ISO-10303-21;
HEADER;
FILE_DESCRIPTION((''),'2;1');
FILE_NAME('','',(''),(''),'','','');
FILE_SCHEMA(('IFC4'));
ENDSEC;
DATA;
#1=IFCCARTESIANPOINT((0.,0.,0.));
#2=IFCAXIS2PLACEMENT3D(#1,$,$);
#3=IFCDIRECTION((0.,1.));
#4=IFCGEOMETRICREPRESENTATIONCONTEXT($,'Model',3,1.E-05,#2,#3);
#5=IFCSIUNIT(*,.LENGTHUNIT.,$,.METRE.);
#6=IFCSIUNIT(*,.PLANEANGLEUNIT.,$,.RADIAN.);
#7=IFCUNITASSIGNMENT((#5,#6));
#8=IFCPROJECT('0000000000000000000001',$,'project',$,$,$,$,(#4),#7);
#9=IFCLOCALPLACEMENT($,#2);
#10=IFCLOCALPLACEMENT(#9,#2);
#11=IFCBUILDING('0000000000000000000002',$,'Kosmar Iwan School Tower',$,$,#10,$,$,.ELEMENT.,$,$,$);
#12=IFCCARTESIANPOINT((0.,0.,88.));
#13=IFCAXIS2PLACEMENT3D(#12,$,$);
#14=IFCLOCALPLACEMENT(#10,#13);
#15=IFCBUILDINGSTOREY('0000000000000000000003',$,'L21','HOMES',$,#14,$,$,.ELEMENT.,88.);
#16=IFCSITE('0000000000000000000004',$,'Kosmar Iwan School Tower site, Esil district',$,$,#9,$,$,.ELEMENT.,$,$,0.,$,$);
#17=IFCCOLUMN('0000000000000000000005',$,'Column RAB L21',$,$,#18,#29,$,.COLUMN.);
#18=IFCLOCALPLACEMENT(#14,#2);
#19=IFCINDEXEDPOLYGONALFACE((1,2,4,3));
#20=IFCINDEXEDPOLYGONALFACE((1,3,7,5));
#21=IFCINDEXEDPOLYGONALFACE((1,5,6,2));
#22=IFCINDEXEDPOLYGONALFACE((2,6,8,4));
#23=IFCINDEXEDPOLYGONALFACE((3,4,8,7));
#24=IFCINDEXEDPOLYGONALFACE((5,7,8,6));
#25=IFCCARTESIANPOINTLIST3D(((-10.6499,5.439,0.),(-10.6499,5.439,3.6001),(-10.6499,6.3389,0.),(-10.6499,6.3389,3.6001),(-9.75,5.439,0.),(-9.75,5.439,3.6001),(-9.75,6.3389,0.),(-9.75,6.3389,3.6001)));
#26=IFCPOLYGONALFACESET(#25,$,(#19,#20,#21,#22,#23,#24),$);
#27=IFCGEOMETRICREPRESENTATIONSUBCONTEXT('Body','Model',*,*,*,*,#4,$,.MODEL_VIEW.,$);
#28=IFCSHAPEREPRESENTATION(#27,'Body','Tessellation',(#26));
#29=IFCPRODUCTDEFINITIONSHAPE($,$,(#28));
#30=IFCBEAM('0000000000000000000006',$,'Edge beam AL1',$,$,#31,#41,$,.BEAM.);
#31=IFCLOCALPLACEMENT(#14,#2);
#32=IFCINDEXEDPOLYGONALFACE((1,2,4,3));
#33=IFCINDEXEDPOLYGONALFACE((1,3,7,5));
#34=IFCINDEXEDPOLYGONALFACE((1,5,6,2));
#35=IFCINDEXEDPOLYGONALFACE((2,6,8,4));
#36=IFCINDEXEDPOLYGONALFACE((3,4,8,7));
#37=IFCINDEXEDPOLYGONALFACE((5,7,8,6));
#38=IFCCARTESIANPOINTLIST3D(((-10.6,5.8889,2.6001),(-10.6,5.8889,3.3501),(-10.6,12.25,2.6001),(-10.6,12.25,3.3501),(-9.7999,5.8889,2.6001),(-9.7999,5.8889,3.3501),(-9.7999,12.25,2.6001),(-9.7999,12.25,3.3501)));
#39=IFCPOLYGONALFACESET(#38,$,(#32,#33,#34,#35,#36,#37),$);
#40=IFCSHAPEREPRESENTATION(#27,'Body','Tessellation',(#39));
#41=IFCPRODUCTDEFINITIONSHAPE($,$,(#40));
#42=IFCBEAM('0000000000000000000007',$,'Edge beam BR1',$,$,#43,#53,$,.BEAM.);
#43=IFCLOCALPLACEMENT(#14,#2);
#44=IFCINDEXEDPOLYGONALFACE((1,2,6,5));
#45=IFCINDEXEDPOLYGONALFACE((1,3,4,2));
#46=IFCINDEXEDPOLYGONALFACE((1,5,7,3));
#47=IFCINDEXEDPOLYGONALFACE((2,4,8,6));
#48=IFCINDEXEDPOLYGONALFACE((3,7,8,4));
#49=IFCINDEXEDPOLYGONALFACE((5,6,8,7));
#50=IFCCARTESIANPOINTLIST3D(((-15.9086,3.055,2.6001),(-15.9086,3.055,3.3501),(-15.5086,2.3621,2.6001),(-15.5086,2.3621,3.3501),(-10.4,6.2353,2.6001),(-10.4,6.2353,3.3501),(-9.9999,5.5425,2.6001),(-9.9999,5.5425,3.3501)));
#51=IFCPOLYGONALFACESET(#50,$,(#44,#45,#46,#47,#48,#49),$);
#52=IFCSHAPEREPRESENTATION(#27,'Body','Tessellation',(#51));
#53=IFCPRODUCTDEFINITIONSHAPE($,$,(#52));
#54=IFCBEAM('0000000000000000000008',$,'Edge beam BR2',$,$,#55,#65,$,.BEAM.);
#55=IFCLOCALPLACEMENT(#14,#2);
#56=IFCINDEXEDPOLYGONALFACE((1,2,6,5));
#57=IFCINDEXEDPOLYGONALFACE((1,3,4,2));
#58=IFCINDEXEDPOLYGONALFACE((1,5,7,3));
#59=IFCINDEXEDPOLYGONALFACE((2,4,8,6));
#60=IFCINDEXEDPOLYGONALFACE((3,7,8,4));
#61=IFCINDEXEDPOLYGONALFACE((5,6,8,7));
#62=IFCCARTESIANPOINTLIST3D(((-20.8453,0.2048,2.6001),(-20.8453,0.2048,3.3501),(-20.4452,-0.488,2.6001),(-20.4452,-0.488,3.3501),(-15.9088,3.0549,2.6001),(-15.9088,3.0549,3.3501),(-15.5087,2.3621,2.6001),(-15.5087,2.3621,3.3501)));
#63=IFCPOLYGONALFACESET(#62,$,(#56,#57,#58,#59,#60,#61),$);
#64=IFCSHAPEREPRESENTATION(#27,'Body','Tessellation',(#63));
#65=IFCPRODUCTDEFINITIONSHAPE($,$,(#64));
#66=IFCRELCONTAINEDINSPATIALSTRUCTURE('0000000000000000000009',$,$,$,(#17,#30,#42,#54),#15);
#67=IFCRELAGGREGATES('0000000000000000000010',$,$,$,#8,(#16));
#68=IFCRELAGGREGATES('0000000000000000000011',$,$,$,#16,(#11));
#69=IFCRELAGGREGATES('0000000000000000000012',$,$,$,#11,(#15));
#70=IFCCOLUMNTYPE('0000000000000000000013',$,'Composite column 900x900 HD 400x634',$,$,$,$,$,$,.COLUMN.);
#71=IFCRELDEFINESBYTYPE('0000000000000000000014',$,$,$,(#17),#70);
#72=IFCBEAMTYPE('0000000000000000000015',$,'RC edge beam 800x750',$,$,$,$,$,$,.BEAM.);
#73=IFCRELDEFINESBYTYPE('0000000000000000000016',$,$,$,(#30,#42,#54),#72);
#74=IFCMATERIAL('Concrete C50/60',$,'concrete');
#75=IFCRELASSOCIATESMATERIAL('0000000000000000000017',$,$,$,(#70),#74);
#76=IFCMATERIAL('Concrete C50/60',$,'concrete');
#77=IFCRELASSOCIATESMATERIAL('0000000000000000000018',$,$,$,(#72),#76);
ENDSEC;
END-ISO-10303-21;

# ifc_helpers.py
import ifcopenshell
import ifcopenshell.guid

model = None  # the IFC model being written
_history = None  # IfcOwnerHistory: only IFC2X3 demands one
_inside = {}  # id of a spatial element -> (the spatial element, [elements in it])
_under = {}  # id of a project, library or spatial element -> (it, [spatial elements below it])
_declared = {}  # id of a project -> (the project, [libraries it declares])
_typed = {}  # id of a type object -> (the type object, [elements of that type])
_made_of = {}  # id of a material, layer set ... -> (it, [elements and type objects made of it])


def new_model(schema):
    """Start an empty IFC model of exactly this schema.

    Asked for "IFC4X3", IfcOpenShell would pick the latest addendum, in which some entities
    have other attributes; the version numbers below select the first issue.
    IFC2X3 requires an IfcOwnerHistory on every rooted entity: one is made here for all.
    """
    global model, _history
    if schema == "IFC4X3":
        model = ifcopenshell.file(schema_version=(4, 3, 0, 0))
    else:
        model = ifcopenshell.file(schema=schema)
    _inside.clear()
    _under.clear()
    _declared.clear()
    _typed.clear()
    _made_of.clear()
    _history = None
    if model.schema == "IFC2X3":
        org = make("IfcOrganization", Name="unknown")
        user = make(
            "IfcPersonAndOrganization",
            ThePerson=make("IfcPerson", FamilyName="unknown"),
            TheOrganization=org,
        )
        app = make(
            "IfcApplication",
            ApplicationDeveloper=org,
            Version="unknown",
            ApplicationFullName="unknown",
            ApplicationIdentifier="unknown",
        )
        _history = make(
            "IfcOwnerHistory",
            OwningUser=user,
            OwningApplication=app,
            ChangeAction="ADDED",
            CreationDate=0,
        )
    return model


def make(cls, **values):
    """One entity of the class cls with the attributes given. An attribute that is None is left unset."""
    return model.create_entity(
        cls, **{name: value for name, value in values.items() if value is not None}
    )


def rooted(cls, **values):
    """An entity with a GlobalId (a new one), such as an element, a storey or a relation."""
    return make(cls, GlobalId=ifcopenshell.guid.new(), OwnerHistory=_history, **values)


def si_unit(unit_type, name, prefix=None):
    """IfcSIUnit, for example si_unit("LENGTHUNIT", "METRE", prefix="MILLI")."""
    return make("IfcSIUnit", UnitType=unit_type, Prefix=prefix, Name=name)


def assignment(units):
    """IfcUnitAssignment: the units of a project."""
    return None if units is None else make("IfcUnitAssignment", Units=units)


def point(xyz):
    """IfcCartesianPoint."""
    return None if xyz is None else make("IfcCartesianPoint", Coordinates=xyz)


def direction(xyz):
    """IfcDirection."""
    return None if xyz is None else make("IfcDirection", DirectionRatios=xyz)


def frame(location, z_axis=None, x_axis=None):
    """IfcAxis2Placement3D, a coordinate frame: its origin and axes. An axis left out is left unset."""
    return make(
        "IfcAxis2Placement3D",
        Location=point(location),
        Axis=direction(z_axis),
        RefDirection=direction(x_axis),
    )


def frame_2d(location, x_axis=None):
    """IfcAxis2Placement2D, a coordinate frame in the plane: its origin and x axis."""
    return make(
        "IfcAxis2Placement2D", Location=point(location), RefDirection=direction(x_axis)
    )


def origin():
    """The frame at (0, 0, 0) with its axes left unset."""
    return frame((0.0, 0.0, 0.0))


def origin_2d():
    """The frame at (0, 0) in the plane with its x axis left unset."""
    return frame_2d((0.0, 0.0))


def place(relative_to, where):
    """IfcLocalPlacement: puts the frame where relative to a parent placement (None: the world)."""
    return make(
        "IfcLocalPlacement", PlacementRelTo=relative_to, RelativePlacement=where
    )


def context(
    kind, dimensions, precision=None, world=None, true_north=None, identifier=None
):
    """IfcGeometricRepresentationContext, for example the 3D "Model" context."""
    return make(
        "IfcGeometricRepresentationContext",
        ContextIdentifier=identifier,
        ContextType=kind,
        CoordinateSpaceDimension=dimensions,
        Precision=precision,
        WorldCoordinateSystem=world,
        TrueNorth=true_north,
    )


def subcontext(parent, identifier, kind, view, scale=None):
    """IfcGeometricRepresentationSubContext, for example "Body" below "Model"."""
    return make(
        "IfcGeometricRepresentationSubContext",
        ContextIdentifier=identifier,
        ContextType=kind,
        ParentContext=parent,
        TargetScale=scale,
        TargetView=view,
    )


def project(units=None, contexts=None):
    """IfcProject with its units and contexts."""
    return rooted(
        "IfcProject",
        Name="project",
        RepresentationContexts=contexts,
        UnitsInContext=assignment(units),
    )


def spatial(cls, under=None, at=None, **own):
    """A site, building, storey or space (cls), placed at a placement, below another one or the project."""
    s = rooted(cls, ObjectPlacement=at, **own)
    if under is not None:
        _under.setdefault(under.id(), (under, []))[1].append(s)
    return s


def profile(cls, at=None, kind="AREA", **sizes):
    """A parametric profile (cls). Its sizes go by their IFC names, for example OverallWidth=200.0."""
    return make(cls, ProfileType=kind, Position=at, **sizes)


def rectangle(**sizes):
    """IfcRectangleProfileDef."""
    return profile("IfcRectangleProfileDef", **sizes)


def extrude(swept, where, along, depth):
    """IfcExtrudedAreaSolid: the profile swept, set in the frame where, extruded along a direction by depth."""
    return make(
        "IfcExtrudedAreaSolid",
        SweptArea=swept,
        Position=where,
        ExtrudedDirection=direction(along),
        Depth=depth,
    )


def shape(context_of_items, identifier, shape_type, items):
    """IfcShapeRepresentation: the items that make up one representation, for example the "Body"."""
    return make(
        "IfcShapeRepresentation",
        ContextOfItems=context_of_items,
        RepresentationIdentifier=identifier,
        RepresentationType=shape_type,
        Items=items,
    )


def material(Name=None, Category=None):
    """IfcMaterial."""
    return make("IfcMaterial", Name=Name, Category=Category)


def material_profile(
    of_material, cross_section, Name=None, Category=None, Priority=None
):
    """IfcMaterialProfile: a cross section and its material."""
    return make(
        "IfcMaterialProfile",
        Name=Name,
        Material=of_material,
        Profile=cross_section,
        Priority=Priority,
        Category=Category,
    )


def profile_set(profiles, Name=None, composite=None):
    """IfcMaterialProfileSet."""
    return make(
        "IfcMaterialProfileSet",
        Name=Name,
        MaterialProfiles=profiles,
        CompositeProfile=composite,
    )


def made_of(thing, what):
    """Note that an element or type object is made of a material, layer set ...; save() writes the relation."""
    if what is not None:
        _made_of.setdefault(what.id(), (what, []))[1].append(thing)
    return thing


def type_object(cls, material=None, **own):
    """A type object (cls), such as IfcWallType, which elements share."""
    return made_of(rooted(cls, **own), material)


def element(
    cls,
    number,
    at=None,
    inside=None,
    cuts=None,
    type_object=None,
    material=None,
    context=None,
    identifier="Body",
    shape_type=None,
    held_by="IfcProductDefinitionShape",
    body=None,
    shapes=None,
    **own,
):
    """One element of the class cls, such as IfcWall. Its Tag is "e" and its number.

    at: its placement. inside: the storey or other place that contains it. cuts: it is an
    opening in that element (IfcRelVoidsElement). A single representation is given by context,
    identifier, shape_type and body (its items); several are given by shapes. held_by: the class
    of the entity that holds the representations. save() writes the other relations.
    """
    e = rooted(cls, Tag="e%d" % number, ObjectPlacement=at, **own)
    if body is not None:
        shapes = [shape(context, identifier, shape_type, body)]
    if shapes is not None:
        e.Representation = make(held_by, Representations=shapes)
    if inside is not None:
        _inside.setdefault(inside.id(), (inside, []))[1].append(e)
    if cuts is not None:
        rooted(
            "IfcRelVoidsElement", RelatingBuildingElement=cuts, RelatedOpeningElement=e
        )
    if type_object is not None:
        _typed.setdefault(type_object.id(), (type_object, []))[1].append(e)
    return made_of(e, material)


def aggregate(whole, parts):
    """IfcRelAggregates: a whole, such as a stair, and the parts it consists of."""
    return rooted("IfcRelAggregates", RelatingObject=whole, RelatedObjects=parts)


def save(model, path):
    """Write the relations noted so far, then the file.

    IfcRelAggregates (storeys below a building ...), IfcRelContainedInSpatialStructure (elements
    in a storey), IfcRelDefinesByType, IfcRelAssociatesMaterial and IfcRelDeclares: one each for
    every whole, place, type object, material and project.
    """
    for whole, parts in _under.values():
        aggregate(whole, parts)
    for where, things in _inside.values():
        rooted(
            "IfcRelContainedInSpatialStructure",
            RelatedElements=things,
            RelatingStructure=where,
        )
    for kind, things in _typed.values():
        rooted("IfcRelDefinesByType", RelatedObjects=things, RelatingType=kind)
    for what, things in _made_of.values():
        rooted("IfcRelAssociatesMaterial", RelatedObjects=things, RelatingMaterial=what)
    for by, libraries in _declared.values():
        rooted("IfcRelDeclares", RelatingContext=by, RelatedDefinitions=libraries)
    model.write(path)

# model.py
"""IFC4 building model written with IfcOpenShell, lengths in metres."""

from ifc_helpers import new_model, si_unit, direction, frame, origin, origin_2d, place, context, subcontext, project, spatial, rectangle, extrude, material, material_profile, profile_set, type_object, element, save


model = new_model("IFC4")

# Units and contexts
model_context = context("Model", 3, precision=1e-05, world=origin(), true_north=direction((0.0, 1.0)))
body_context = subcontext(model_context, "Body", "Model", "MODEL_VIEW")
ifc_project = project(units=[si_unit("LENGTHUNIT", "METRE"), si_unit("PLANEANGLEUNIT", "RADIAN")], contexts=[model_context])

# Site, building, storey
site_placement = place(None, origin())
site = spatial("IfcSite", under=ifc_project, at=site_placement, Name="Kosmar Iwan School Tower site, Esil district", CompositionType="ELEMENT", RefElevation=0.0)
building_placement = place(site_placement, origin())
building = spatial("IfcBuilding", under=site, at=building_placement, Name="Kosmar Iwan School Tower", CompositionType="ELEMENT")
storey_placement = place(building_placement, frame((0.0, 0.0, 88.0)))
storey = spatial("IfcBuildingStorey", under=building, at=storey_placement, Name="L21", Description="HOMES", CompositionType="ELEMENT", Elevation=88.0)

# Column
ifc_material_1 = material(Name="Concrete C50/60", Category="concrete")
ifc_material_profile_1 = material_profile(ifc_material_1, rectangle(XDim=0.8999, YDim=0.8999, at=origin_2d()), Name="RC 900x900 + HD 400x634")
ifc_profile_set_1 = profile_set([ifc_material_profile_1], Name="Concrete C50/60")
column_type = type_object("IfcColumnType", Name="Composite column 900x900 HD 400x634", PredefinedType="COLUMN", material=ifc_profile_set_1)
column_placement = place(storey_placement, frame((-10.2, 5.8889, 0.0), z_axis=(0.0, 0.0, 1.0), x_axis=(1.0, 0.0, 0.0)))
element("IfcColumn", 1, at=column_placement, inside=storey, type_object=column_type, Name="Column RAB L21", PredefinedType="COLUMN", context=body_context, shape_type="SweptSolid", body=[
    extrude(rectangle(XDim=0.8999, YDim=0.8999, at=origin_2d()), origin(), (0.0, 0.0, 1.0), 3.6001),
])

# Beams
ifc_material_2 = material(Name="Concrete C50/60", Category="concrete")
ifc_material_profile_2 = material_profile(ifc_material_2, rectangle(XDim=0.8, YDim=0.75, at=origin_2d()), Name="RC 800x750")
ifc_profile_set_2 = profile_set([ifc_material_profile_2], Name="Concrete C50/60")
beam_type = type_object("IfcBeamType", Name="RC edge beam 800x750", PredefinedType="BEAM", material=ifc_profile_set_2)
beam_1_placement = place(storey_placement, frame((-10.2, 5.8889, 2.9751), z_axis=(0.0, 1.0, 0.0), x_axis=(-1.0, 0.0, 0.0)))
element("IfcBeam", 2, at=beam_1_placement, inside=storey, type_object=beam_type, Name="Edge beam AL1", PredefinedType="BEAM", context=body_context, shape_type="SweptSolid", body=[
    extrude(rectangle(XDim=0.8, YDim=0.75, at=origin_2d()), origin(), (0.0, 0.0, 1.0), 6.3611),
])
beam_2_placement = place(storey_placement, frame((-10.2, 5.8889, 2.9751), z_axis=(-0.866031, -0.49999, 0.0), x_axis=(0.49999, -0.866031, 0.0)))
element("IfcBeam", 3, at=beam_2_placement, inside=storey, type_object=beam_type, Name="Edge beam BR1", PredefinedType="BEAM", context=body_context, shape_type="SweptSolid", body=[
    extrude(rectangle(XDim=0.8, YDim=0.75, at=origin_2d()), origin(), (0.0, 0.0, 1.0), 6.3608),
])
beam_3_placement = place(storey_placement, frame((-15.7087, 2.7085, 2.9751), z_axis=(-0.866026, -0.499999, 0.0), x_axis=(0.499999, -0.866026, 0.0)))
element("IfcBeam", 4, at=beam_3_placement, inside=storey, type_object=beam_type, Name="Edge beam BR2", PredefinedType="BEAM", context=body_context, shape_type="SweptSolid", body=[
    extrude(rectangle(XDim=0.8, YDim=0.75, at=origin_2d()), origin(), (0.0, 0.0, 1.0), 5.7002),
])

save(model, "model.ifc")
